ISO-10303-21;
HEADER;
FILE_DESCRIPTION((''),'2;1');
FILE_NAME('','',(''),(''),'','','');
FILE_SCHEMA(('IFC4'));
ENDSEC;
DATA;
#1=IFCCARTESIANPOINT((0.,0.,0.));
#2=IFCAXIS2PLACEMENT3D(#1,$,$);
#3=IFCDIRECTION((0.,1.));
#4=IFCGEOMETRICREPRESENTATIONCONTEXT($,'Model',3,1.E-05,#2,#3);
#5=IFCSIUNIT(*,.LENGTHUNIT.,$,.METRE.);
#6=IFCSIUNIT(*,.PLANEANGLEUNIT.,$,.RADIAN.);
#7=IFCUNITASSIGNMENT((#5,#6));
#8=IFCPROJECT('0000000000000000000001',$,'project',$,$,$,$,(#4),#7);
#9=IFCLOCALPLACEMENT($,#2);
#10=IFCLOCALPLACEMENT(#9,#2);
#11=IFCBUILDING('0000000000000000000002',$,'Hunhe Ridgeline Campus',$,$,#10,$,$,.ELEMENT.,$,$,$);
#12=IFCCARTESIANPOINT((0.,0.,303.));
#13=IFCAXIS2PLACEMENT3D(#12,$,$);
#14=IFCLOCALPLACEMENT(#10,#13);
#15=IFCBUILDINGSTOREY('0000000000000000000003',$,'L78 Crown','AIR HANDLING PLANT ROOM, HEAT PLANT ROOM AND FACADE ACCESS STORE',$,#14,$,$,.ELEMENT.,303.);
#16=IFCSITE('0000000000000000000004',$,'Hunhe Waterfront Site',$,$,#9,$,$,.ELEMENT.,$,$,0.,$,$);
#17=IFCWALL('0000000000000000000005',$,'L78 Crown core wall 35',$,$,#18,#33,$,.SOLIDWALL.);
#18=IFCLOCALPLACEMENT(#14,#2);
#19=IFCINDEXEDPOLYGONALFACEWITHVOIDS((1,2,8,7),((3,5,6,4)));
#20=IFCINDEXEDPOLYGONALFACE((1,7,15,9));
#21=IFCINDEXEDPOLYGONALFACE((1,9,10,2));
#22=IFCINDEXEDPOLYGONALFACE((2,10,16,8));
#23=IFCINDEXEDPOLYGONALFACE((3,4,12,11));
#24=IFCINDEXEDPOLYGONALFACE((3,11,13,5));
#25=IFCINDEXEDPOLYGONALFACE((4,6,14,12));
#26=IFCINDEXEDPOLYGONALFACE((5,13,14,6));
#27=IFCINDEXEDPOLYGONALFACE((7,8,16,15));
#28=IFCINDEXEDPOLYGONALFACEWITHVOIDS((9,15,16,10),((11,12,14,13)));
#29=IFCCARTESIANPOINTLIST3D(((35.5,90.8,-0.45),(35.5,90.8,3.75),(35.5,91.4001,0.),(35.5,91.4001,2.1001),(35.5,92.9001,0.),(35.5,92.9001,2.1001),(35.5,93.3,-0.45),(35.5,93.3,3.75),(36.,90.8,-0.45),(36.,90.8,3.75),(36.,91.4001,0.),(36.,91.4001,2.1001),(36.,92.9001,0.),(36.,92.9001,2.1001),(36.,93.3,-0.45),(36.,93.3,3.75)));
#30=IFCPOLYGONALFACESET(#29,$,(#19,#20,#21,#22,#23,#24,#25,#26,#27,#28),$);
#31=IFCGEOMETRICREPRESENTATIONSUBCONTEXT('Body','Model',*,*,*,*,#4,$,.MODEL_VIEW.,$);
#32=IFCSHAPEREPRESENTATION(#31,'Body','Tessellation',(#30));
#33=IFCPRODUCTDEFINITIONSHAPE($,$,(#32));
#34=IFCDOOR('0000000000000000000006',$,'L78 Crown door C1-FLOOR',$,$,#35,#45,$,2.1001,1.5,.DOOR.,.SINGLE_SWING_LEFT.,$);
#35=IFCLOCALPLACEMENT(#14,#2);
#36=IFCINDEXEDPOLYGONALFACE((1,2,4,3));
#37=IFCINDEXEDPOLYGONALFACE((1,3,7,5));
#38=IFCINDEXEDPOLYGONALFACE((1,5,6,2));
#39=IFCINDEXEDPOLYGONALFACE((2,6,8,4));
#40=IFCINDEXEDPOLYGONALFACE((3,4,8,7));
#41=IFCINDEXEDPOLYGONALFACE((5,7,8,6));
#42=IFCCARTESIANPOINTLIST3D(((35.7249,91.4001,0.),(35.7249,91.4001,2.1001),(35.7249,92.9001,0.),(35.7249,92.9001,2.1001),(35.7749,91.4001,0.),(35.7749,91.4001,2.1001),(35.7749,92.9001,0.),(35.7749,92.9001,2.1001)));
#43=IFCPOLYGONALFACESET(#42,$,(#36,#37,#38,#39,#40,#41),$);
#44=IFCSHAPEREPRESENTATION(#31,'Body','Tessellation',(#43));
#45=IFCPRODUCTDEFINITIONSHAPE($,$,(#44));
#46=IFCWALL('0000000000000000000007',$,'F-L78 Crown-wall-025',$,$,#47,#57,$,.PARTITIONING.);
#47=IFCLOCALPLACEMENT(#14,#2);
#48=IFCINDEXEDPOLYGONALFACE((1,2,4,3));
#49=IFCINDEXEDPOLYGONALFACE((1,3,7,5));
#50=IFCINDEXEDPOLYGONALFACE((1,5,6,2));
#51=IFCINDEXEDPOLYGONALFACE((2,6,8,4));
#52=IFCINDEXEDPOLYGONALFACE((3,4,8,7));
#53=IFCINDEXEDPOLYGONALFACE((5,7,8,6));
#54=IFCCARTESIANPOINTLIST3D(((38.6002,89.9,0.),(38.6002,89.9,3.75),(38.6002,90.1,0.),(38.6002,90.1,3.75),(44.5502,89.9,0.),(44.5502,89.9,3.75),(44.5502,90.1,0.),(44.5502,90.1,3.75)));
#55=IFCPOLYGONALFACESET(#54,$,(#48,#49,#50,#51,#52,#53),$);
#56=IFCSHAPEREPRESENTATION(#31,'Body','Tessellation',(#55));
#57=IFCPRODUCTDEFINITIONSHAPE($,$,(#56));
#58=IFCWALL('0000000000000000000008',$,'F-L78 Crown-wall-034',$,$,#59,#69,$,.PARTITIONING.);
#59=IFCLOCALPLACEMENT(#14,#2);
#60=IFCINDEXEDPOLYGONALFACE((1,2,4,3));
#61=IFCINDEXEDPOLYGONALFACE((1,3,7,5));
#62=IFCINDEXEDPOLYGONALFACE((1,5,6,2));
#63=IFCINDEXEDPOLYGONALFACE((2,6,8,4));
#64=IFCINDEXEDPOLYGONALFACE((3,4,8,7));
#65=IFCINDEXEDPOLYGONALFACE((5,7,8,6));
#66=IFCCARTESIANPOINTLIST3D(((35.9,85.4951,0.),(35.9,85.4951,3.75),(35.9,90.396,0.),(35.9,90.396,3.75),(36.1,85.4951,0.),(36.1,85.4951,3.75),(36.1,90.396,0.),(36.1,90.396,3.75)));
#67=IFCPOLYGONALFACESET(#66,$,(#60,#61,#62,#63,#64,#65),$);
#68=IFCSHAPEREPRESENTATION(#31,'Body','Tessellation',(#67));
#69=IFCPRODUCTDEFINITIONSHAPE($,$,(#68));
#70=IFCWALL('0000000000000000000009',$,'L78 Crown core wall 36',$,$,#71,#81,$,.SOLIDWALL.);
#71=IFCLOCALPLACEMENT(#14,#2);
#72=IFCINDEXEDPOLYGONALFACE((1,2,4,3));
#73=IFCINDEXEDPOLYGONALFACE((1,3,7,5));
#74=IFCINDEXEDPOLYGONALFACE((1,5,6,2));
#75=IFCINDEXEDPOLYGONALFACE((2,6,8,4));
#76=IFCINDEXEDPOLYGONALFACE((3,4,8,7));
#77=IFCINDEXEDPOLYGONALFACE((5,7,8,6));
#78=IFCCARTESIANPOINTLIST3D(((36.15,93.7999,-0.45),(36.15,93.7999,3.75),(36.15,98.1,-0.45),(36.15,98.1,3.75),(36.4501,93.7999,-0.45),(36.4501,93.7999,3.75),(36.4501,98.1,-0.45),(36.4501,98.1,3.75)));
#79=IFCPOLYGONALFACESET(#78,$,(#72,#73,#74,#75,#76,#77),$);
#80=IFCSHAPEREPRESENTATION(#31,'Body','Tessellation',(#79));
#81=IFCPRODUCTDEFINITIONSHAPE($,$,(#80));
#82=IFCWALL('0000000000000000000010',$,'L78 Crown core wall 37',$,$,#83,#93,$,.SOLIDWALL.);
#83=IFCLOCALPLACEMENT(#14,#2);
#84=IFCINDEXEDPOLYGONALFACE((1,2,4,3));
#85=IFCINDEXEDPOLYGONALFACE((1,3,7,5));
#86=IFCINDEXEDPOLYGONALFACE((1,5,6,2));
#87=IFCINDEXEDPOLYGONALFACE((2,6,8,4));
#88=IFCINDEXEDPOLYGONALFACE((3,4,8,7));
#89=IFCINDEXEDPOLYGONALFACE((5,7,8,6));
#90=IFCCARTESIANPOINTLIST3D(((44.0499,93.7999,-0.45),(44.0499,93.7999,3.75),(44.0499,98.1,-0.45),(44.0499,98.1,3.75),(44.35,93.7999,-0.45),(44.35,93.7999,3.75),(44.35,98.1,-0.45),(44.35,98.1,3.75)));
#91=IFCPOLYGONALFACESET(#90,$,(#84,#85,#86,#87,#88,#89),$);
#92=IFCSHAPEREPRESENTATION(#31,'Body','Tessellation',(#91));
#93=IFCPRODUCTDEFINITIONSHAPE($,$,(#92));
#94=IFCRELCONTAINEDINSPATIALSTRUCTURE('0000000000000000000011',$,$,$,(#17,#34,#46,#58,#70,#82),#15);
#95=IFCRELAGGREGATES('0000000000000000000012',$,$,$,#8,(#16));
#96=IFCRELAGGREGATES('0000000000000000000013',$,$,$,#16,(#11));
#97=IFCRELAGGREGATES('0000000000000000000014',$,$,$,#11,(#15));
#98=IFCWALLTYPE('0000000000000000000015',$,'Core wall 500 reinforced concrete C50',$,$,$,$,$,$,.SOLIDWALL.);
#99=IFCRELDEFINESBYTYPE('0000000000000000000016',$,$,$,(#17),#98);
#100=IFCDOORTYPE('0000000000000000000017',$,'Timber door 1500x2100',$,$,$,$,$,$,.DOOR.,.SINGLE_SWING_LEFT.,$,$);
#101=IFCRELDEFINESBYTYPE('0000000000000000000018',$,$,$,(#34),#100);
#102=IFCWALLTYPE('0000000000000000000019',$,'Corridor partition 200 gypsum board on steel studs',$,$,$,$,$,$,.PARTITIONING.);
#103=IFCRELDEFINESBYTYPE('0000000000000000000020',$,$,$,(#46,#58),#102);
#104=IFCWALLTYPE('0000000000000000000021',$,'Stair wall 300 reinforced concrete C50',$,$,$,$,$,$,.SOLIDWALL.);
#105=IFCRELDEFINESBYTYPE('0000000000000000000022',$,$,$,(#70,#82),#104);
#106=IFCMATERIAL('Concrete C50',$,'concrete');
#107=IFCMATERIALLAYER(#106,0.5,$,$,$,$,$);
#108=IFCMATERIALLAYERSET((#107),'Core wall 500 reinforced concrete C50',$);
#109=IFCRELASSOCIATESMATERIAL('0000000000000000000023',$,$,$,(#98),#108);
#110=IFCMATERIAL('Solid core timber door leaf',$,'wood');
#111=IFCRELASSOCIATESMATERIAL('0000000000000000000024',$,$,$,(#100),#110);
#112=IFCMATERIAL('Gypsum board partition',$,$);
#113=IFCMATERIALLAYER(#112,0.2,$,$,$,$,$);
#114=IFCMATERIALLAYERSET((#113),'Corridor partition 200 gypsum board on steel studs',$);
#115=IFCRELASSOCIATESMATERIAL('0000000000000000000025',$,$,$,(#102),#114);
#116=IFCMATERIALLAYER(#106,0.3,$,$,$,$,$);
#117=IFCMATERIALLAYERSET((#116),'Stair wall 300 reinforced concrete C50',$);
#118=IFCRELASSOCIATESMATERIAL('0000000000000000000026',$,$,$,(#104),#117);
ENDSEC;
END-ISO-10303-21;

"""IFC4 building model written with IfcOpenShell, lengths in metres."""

from ifc_helpers import new_model, si_unit, direction, frame, frame_2d, origin, place, context, subcontext, project, spatial, rectangle, extrude, material, layer, layer_set, type_object, element, fill, save


model = new_model("IFC4")

# Units and contexts
model_context = context("Model", 3, precision=1e-05, world=origin(), true_north=direction((0.0, 1.0)))
body_context = subcontext(model_context, "Body", "Model", "MODEL_VIEW")
ifc_project = project(units=[si_unit("LENGTHUNIT", "METRE"), si_unit("PLANEANGLEUNIT", "RADIAN")], contexts=[model_context])

# Site, building, storey
site_placement = place(None, origin())
site = spatial("IfcSite", under=ifc_project, at=site_placement, Name="Hunhe Waterfront Site", CompositionType="ELEMENT", RefElevation=0.0)
building_placement = place(site_placement, origin())
building = spatial("IfcBuilding", under=site, at=building_placement, Name="Hunhe Ridgeline Campus", CompositionType="ELEMENT")
storey_placement = place(building_placement, frame((0.0, 0.0, 303.0)))
storey = spatial("IfcBuildingStorey", under=building, at=storey_placement, Name="L78 Crown", Description="AIR HANDLING PLANT ROOM, HEAT PLANT ROOM AND FACADE ACCESS STORE", CompositionType="ELEMENT", Elevation=303.0)

# Wall, opening, door
ifc_material_1 = material(Name="Concrete C50", Category="concrete")
ifc_layer_1 = layer(ifc_material_1, 0.5)
ifc_layer_set_1 = layer_set([ifc_layer_1], Name="Core wall 500 reinforced concrete C50")
wall_type_1 = type_object("IfcWallType", Name="Core wall 500 reinforced concrete C50", PredefinedType="SOLIDWALL", material=ifc_layer_set_1)
wall_1_placement = place(storey_placement, frame((35.75, 90.8, -0.45), z_axis=(0.0, 0.0, 1.0), x_axis=(0.0, 1.0, 0.0)))
wall_1 = element("IfcWall", 1, at=wall_1_placement, inside=storey, type_object=wall_type_1, Name="L78 Crown core wall 35", PredefinedType="SOLIDWALL", context=body_context, shape_type="SweptSolid", body=[
    extrude(rectangle(XDim=2.5, YDim=0.5, at=frame_2d((1.25, 0.0))), origin(), (0.0, 0.0, 1.0), 4.2),
])
opening_1_placement = place(wall_1_placement, frame((0.6001, 0.0, 0.45)))
opening_1 = element("IfcOpeningElement", 2, at=opening_1_placement, cuts=wall_1, PredefinedType="OPENING", context=body_context, shape_type="SweptSolid", body=[
    extrude(rectangle(XDim=1.5, YDim=2.1001, at=frame_2d((0.75, 1.05))), frame((0.0, 0.25, 0.0), z_axis=(0.0, -1.0, 0.0), x_axis=(1.0, 0.0, 0.0)), (0.0, 0.0, 1.0), 0.5),
])
ifc_material_2 = material(Name="Solid core timber door leaf", Category="wood")
door_type_1 = type_object("IfcDoorType", Name="Timber door 1500x2100", OperationType="SINGLE_SWING_LEFT", PredefinedType="DOOR", material=ifc_material_2)
door_1_placement = place(opening_1_placement, frame((1.5, 0.0, 0.0), z_axis=(0.0, 0.0, 1.0), x_axis=(-1.0, 0.0, 0.0)))
door_1 = element("IfcDoor", 3, at=door_1_placement, inside=storey, type_object=door_type_1, Name="L78 Crown door C1-FLOOR", OperationType="SINGLE_SWING_LEFT", OverallHeight=2.1001, OverallWidth=1.5, PredefinedType="DOOR", context=body_context, shape_type="SweptSolid", body=[
    extrude(rectangle(XDim=1.5, YDim=2.1001, at=frame_2d((0.75, 1.05))), frame((0.0, 0.0249, 0.0), z_axis=(0.0, -1.0, 0.0), x_axis=(1.0, 0.0, 0.0)), (0.0, 0.0, 1.0), 0.05),
])
fill(opening_1, door_1)
ifc_material_3 = material(Name="Gypsum board partition")
ifc_layer_2 = layer(ifc_material_3, 0.2)
ifc_layer_set_2 = layer_set([ifc_layer_2], Name="Corridor partition 200 gypsum board on steel studs")
wall_type_2 = type_object("IfcWallType", Name="Corridor partition 200 gypsum board on steel studs", PredefinedType="PARTITIONING", material=ifc_layer_set_2)

# Walls
wall_2_placement = place(storey_placement, frame((38.6001, 90.0, 0.0), z_axis=(0.0, 0.0, 1.0), x_axis=(1.0, 0.0, 0.0)))
element("IfcWall", 4, at=wall_2_placement, inside=storey, type_object=wall_type_2, Name="F-L78 Crown-wall-025", PredefinedType="PARTITIONING", context=body_context, shape_type="SweptSolid", body=[
    extrude(rectangle(XDim=5.95, YDim=0.2, at=frame_2d((2.9751, 0.0))), origin(), (0.0, 0.0, 1.0), 3.75),
])
wall_3_placement = place(storey_placement, frame((36.0, 85.4951, 0.0), z_axis=(0.0, 0.0, 1.0), x_axis=(0.0, 1.0, 0.0)))
element("IfcWall", 5, at=wall_3_placement, inside=storey, type_object=wall_type_2, Name="F-L78 Crown-wall-034", PredefinedType="PARTITIONING", context=body_context, shape_type="SweptSolid", body=[
    extrude(rectangle(XDim=4.9009, YDim=0.2, at=frame_2d((2.4504, 0.0))), origin(), (0.0, 0.0, 1.0), 3.75),
])

# Shared definitions
ifc_layer_3 = layer(ifc_material_1, 0.3)
ifc_layer_set_3 = layer_set([ifc_layer_3], Name="Stair wall 300 reinforced concrete C50")
wall_type_3 = type_object("IfcWallType", Name="Stair wall 300 reinforced concrete C50", PredefinedType="SOLIDWALL", material=ifc_layer_set_3)

# Walls
for number, where, z_axis, x_axis, name in (
    (6, (36.3, 93.8, -0.45), (0.0, 0.0, 1.0), (0.0, 1.0, 0.0), "L78 Crown core wall 36"),
    (7, (44.2, 93.8, -0.45), (0.0, 0.0, 1.0), (0.0, 1.0, 0.0), "L78 Crown core wall 37"),
):
    element("IfcWall", number, at=place(storey_placement, frame(where, z_axis=z_axis, x_axis=x_axis)), inside=storey, type_object=wall_type_3, Name=name, PredefinedType="SOLIDWALL", context=body_context, shape_type="SweptSolid", body=[
        extrude(rectangle(XDim=4.3, YDim=0.3, at=frame_2d((2.1499, 0.0))), origin(), (0.0, 0.0, 1.0), 4.2),
    ])

save(model, "model.ifc")
